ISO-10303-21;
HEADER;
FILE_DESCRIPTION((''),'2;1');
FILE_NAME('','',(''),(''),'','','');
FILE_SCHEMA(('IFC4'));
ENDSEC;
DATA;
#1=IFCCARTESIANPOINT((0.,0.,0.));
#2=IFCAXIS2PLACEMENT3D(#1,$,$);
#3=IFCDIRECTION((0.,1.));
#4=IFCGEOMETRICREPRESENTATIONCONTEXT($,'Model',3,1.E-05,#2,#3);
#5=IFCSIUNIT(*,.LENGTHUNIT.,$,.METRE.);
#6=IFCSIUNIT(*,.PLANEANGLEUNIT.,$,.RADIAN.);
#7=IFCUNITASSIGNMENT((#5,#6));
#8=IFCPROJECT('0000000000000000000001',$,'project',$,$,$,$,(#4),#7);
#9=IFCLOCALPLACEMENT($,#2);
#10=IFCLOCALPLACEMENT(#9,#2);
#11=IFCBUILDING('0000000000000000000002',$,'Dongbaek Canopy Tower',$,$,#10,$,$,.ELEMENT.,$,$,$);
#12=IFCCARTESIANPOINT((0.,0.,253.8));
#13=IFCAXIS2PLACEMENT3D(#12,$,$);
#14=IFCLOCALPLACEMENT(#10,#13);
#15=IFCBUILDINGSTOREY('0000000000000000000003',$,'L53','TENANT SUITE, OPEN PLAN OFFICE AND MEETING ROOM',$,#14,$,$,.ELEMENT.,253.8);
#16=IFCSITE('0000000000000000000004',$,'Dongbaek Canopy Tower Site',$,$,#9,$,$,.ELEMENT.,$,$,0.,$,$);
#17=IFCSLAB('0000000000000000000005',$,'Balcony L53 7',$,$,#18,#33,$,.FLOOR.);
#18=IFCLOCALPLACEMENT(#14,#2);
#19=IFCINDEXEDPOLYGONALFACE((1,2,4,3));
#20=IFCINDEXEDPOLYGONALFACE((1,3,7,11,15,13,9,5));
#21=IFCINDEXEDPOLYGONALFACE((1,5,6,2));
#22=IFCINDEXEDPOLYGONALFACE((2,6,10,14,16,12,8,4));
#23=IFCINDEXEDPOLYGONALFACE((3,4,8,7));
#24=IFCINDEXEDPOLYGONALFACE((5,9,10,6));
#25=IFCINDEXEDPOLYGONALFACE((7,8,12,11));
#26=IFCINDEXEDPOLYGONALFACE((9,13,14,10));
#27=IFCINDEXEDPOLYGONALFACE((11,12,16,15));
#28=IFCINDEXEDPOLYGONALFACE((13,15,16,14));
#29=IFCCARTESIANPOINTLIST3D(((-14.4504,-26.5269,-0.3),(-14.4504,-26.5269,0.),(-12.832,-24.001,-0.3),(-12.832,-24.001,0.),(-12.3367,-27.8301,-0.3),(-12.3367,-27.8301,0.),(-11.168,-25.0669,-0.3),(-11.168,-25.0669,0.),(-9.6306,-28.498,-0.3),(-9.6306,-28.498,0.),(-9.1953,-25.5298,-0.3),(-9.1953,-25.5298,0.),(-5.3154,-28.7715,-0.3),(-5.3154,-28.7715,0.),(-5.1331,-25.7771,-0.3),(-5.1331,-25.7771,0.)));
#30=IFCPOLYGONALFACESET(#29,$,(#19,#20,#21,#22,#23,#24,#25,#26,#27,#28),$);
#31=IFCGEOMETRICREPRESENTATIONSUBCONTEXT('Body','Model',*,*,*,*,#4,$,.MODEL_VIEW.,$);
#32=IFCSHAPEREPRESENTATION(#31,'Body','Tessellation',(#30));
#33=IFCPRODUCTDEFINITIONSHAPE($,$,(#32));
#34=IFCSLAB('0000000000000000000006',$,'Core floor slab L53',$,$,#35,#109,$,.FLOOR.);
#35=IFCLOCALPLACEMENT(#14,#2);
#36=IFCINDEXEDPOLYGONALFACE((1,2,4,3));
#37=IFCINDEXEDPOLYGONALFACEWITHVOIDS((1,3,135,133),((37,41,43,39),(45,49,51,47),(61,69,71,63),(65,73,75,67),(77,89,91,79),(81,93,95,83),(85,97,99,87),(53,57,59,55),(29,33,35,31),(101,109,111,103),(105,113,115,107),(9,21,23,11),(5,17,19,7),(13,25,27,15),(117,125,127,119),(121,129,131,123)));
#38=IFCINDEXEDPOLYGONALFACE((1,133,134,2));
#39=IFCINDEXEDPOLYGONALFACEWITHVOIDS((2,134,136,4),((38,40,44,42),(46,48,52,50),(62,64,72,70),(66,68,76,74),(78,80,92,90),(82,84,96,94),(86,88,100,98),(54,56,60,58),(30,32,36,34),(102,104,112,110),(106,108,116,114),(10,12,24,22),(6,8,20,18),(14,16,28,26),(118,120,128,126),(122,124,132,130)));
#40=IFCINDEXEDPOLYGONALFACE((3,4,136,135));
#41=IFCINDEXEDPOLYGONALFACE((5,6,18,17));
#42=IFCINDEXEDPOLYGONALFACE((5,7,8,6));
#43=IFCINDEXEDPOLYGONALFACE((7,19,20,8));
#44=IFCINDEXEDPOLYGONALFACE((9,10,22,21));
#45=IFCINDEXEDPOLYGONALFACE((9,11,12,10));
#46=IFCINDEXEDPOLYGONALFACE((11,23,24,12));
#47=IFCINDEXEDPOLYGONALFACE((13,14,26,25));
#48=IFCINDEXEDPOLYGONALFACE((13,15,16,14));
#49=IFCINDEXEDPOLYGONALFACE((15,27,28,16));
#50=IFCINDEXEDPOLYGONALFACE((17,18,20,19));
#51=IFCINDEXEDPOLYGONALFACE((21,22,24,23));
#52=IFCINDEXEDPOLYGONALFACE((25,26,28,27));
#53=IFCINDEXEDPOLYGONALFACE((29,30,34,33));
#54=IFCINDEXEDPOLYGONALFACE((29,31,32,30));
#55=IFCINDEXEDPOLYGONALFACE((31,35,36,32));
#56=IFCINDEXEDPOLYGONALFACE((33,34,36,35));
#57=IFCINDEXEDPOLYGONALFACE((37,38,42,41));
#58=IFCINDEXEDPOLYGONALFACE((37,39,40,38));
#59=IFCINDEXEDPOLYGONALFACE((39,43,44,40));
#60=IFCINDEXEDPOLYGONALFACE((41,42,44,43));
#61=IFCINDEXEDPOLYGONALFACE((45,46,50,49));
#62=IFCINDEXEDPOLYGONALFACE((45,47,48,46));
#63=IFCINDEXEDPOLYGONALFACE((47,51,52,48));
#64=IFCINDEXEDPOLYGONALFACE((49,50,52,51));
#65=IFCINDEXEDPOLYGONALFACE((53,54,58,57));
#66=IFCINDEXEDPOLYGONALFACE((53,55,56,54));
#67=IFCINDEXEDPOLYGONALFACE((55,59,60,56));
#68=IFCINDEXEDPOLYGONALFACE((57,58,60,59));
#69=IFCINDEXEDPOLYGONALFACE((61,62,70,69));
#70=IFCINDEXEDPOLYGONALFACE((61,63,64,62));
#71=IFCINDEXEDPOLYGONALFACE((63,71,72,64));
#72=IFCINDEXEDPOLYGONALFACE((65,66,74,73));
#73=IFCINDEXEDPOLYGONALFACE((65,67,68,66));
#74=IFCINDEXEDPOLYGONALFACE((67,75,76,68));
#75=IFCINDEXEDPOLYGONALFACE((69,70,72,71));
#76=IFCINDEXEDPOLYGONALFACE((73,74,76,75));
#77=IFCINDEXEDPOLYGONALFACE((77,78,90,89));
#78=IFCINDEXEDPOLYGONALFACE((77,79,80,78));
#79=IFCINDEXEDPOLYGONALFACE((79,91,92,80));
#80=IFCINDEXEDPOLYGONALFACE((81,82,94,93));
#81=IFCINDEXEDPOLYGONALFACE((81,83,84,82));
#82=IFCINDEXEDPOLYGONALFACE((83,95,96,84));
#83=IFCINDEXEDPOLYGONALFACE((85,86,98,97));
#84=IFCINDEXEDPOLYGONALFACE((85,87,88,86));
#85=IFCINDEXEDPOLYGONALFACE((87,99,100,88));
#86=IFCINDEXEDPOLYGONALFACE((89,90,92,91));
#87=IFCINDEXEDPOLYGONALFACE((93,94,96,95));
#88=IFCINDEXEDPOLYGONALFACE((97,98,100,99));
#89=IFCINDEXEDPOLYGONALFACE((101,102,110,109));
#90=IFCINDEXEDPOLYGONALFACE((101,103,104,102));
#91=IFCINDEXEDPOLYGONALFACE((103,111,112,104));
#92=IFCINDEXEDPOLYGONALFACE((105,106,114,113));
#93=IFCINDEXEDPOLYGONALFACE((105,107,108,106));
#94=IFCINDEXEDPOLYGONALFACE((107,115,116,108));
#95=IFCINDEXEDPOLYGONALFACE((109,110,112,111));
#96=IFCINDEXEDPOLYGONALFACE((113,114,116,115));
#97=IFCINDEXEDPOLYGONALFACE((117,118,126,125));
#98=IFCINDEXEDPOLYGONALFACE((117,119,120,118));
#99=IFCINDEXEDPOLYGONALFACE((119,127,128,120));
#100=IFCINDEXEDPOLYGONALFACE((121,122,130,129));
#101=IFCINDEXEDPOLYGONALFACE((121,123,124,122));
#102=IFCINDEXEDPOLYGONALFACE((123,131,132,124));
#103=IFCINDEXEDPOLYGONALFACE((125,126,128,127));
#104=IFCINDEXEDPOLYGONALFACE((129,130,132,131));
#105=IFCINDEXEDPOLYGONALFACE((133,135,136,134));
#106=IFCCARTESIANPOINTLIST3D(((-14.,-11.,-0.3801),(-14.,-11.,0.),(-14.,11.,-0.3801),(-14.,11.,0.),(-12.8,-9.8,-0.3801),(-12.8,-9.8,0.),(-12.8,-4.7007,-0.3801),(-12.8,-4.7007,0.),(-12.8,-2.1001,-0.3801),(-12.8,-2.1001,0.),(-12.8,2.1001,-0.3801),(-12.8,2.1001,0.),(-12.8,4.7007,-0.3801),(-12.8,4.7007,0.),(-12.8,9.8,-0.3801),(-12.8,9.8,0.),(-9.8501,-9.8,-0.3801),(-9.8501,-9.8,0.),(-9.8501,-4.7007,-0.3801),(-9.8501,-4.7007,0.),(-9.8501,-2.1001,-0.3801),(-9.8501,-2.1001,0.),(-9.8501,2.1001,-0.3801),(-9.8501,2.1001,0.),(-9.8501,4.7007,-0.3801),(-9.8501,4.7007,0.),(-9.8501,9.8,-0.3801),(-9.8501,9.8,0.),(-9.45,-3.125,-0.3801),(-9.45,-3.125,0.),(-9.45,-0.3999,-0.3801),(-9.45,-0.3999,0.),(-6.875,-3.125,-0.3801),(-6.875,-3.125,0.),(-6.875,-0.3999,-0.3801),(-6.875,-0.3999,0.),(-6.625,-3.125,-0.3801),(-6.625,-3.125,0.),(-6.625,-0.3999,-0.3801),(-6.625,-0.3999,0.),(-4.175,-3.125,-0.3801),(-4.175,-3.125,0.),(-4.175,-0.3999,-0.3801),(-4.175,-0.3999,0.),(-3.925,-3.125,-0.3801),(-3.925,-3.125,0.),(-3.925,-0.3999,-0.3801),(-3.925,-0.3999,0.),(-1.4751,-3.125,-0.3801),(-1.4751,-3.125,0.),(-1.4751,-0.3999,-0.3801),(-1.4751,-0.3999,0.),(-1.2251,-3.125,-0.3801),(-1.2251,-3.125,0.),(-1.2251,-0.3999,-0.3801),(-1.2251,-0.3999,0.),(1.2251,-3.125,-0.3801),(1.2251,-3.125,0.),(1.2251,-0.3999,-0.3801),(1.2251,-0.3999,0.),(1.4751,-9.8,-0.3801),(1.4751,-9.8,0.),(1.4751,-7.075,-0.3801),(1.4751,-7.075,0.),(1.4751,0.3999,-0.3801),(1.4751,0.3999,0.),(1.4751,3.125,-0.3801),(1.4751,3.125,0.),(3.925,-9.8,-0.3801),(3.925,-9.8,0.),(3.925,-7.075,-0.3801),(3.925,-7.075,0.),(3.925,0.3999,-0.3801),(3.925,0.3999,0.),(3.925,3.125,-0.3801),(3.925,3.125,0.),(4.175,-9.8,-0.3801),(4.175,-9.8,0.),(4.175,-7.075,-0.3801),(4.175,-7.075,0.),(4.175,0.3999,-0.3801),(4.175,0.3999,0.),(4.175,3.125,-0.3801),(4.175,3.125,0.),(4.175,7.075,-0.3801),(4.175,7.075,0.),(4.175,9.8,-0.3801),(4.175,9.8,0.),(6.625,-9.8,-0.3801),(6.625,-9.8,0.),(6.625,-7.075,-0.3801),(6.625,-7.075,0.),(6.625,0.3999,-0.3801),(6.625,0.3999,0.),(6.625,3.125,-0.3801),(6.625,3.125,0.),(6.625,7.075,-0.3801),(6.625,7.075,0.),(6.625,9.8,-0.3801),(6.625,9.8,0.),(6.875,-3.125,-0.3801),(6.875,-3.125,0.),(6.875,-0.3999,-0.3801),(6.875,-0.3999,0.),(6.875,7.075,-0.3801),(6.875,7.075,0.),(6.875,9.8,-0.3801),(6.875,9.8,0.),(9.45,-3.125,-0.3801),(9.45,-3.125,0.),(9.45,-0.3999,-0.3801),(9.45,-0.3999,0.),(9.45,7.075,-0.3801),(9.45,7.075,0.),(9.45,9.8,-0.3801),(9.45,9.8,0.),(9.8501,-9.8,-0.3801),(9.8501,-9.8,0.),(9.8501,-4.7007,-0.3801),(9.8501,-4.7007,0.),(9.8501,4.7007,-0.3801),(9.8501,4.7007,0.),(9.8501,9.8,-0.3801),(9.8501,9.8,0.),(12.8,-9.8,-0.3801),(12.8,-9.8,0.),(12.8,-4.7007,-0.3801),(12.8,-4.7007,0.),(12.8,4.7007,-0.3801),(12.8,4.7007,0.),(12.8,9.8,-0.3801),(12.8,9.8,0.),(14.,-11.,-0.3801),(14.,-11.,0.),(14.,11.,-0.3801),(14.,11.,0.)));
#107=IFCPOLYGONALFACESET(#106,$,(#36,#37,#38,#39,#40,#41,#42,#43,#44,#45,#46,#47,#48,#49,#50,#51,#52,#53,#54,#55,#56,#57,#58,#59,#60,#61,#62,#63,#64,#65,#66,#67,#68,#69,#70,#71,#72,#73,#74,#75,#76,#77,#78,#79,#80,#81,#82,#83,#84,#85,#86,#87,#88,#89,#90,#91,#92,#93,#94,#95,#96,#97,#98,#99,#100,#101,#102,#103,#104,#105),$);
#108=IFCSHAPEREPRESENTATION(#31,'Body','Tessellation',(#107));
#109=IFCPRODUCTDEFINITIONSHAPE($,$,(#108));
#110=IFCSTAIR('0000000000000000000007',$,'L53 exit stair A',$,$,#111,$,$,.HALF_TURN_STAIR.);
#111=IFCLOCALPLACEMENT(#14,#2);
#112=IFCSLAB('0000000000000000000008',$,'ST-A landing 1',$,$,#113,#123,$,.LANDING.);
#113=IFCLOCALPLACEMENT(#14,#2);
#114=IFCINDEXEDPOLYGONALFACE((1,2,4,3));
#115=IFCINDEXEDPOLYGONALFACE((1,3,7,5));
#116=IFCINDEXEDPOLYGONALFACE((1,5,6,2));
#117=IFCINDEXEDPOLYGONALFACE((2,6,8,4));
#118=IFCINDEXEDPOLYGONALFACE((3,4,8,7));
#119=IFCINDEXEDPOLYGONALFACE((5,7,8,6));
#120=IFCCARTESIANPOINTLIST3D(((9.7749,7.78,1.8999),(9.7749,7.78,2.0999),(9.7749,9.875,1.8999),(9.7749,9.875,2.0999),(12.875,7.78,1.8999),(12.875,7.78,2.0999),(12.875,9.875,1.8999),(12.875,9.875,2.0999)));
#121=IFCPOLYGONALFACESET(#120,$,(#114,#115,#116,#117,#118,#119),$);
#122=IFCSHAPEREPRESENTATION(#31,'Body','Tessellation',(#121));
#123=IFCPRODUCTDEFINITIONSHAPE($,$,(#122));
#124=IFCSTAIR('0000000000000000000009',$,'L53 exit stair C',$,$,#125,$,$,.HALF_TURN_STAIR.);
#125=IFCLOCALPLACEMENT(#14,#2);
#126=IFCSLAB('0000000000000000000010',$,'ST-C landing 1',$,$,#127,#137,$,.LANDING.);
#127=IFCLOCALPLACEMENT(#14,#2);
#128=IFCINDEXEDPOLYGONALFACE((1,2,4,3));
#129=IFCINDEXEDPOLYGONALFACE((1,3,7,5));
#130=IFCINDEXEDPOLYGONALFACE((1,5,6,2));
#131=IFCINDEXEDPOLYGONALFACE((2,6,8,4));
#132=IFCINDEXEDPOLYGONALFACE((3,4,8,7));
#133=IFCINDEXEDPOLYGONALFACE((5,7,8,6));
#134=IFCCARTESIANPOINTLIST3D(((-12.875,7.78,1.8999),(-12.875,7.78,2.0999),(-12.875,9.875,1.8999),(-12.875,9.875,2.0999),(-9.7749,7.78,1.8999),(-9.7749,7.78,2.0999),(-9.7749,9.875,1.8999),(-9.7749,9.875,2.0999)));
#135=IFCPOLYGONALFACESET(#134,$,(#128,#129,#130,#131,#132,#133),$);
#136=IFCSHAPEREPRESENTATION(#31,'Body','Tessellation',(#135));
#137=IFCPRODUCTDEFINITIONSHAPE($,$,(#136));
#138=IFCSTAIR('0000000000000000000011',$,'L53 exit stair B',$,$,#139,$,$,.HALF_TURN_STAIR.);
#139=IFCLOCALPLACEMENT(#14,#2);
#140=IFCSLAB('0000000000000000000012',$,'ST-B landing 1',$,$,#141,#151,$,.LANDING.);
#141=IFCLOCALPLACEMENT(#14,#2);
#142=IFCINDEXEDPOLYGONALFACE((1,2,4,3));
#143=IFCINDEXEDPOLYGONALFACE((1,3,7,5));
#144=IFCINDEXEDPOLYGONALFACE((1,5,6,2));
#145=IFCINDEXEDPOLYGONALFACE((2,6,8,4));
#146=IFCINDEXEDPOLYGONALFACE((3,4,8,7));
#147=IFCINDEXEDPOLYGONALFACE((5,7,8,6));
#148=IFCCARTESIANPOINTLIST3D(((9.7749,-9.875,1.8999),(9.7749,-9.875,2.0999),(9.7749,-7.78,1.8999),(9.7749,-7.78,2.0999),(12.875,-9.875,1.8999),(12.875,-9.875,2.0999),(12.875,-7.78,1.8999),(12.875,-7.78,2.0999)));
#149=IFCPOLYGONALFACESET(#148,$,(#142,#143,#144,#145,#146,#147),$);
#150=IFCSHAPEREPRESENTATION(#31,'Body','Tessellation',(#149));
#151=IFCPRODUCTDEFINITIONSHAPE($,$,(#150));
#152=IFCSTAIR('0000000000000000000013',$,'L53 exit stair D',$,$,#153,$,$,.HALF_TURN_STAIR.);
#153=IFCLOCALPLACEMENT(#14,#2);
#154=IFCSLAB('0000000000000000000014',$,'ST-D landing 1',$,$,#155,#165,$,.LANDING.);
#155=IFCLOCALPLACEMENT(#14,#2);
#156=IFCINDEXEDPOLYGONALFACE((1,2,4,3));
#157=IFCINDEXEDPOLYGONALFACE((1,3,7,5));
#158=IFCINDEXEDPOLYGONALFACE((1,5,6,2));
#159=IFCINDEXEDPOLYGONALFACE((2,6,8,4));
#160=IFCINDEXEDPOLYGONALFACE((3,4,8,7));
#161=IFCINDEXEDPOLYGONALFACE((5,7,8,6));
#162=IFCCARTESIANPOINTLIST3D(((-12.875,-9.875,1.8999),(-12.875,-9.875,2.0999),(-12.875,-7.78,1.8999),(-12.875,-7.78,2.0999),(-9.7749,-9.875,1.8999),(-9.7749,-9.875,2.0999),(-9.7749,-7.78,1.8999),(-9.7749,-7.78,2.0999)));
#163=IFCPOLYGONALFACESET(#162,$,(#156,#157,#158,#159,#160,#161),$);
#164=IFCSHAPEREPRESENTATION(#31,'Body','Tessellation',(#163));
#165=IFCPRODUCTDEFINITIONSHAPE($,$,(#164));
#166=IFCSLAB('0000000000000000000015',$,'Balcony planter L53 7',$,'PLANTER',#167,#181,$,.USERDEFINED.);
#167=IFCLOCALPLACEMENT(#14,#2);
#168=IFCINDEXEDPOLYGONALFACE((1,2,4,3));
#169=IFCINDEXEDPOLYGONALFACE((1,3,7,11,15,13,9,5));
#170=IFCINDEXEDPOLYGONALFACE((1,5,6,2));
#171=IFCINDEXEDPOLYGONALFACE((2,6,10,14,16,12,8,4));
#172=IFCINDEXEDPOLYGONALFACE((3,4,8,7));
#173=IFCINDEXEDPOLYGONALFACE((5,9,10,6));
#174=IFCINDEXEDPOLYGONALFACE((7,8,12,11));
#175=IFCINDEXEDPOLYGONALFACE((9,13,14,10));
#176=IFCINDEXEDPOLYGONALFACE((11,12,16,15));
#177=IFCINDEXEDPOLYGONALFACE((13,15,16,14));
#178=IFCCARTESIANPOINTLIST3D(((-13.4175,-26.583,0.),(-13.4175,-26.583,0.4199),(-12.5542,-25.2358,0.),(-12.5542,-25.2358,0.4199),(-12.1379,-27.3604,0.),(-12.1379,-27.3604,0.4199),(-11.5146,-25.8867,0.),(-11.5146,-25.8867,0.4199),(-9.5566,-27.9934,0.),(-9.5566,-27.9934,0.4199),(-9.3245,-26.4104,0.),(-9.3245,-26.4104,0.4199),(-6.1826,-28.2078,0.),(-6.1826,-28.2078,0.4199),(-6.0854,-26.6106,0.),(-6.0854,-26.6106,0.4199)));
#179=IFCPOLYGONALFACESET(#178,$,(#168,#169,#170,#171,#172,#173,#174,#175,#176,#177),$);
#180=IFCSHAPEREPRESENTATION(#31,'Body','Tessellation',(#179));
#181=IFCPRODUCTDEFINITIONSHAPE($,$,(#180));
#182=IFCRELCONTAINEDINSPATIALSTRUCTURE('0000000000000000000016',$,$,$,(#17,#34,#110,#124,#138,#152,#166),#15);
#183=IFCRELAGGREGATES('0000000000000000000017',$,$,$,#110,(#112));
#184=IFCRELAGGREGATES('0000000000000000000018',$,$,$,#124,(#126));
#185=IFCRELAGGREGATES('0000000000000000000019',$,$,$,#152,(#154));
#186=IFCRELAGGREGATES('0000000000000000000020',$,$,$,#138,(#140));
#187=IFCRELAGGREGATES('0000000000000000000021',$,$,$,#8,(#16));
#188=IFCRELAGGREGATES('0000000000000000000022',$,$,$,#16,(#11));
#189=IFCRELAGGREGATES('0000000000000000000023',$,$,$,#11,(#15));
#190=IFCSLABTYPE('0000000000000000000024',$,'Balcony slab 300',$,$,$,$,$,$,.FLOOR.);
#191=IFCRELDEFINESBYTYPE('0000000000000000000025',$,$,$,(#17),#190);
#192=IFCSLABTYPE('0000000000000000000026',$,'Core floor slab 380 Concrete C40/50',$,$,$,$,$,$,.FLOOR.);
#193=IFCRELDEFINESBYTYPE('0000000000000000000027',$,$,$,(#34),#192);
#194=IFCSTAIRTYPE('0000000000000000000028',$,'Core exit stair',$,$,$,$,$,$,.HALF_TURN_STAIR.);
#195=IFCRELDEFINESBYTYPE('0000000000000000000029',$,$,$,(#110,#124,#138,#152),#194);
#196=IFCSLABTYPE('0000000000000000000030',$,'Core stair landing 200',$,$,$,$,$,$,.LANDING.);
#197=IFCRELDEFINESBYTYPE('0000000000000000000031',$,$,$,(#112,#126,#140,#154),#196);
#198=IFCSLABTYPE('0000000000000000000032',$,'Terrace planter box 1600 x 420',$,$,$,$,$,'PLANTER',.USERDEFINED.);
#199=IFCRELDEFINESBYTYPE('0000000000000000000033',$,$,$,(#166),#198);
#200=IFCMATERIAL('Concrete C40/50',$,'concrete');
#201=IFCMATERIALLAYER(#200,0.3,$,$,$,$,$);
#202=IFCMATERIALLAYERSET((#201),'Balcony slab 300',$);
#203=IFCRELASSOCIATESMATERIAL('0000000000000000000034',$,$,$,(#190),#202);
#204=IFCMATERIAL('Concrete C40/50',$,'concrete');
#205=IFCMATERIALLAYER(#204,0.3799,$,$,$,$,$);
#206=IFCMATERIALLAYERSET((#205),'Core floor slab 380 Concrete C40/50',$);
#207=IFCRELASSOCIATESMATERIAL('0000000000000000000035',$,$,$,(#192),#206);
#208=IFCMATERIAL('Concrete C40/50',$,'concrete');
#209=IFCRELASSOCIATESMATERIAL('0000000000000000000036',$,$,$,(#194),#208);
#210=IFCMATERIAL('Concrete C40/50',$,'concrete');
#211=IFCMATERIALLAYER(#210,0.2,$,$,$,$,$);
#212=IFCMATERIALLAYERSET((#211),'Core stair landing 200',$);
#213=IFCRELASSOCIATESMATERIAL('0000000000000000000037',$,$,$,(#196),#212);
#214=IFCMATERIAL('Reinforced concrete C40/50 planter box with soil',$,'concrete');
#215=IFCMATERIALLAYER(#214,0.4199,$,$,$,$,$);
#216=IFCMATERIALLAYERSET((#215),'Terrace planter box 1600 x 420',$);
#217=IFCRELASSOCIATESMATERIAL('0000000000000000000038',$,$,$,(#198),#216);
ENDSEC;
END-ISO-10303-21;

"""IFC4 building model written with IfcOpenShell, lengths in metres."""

from ifc_helpers import new_model, si_unit, direction, frame, origin, place, context, subcontext, project, spatial, polyline, outline, extrude, material, layer, layer_set, type_object, element, aggregate, save


model = new_model("IFC4")

# Units and contexts
model_context = context("Model", 3, precision=1e-05, world=origin(), true_north=direction((0.0, 1.0)))
body_context = subcontext(model_context, "Body", "Model", "MODEL_VIEW")
ifc_project = project(units=[si_unit("LENGTHUNIT", "METRE"), si_unit("PLANEANGLEUNIT", "RADIAN")], contexts=[model_context])

# Site, building, storey
site_placement = place(None, origin())
site = spatial("IfcSite", under=ifc_project, at=site_placement, Name="Dongbaek Canopy Tower Site", CompositionType="ELEMENT", RefElevation=0.0)
building_placement = place(site_placement, origin())
building = spatial("IfcBuilding", under=site, at=building_placement, Name="Dongbaek Canopy Tower", CompositionType="ELEMENT")
storey_placement = place(building_placement, frame((0.0, 0.0, 253.8)))
storey = spatial("IfcBuildingStorey", under=building, at=storey_placement, Name="L53", Description="TENANT SUITE, OPEN PLAN OFFICE AND MEETING ROOM", CompositionType="ELEMENT", Elevation=253.8)

# Slabs
ifc_material_1 = material(Name="Concrete C40/50", Category="concrete")
ifc_layer_1 = layer(ifc_material_1, 0.3)
ifc_layer_set_1 = layer_set([ifc_layer_1], Name="Balcony slab 300")
slab_type_1 = type_object("IfcSlabType", Name="Balcony slab 300", PredefinedType="FLOOR", material=ifc_layer_set_1)
slab_1_placement = place(storey_placement, frame((0.0, 0.0, -0.3)))
element("IfcSlab", 1, at=slab_1_placement, inside=storey, type_object=slab_type_1, Name="Balcony L53 7", PredefinedType="FLOOR", context=body_context, shape_type="SweptSolid", body=[
    extrude(outline(polyline([(-12.832, -24.001), (-11.168, -25.0669), (-9.1953, -25.5298), (-5.1331, -25.7771), (-5.3154, -28.7715), (-9.6306, -28.498), (-12.3367, -27.8301), (-14.4504, -26.5269), (-12.832, -24.001)])), origin(), (0.0, 0.0, 1.0), 0.3),
])
ifc_material_2 = material(Name="Concrete C40/50", Category="concrete")
ifc_layer_2 = layer(ifc_material_2, 0.3799)
ifc_layer_set_2 = layer_set([ifc_layer_2], Name="Core floor slab 380 Concrete C40/50")
slab_type_2 = type_object("IfcSlabType", Name="Core floor slab 380 Concrete C40/50", PredefinedType="FLOOR", material=ifc_layer_set_2)
slab_2_placement = place(storey_placement, frame((0.0, 0.0, -0.3801)))
element("IfcSlab", 2, at=slab_2_placement, inside=storey, type_object=slab_type_2, Name="Core floor slab L53", PredefinedType="FLOOR", context=body_context, shape_type="SweptSolid", body=[
    extrude(outline(polyline([(14.0, -11.0), (14.0, 11.0), (-14.0, 11.0), (-14.0, -11.0), (14.0, -11.0)]), holes=[polyline([(-12.8, 2.1001), (-9.8501, 2.1001), (-9.8501, -2.1001), (-12.8, -2.1001), (-12.8, 2.1001)]), polyline([(6.625, 9.8), (6.625, 7.075), (4.175, 7.075), (4.175, 9.8), (6.625, 9.8)]), polyline([(9.45, 7.075), (6.875, 7.075), (6.875, 9.8), (9.45, 9.8), (9.45, 7.075)]), polyline([(1.4751, 0.3999), (1.4751, 3.125), (3.925, 3.125), (3.925, 0.3999), (1.4751, 0.3999)]), polyline([(4.175, 0.3999), (4.175, 3.125), (6.625, 3.125), (6.625, 0.3999), (4.175, 0.3999)]), polyline([(-9.45, -0.3999), (-6.875, -0.3999), (-6.875, -3.125), (-9.45, -3.125), (-9.45, -0.3999)]), polyline([(-6.625, -3.125), (-6.625, -0.3999), (-4.175, -0.3999), (-4.175, -3.125), (-6.625, -3.125)]), polyline([(-3.925, -3.125), (-3.925, -0.3999), (-1.4751, -0.3999), (-1.4751, -3.125), (-3.925, -3.125)]), polyline([(-1.2251, -3.125), (-1.2251, -0.3999), (1.2251, -0.3999), (1.2251, -3.125), (-1.2251, -3.125)]), polyline([(9.45, -3.125), (6.875, -3.125), (6.875, -0.3999), (9.45, -0.3999), (9.45, -3.125)]), polyline([(1.4751, -9.8), (1.4751, -7.075), (3.925, -7.075), (3.925, -9.8), (1.4751, -9.8)]), polyline([(4.175, -9.8), (4.175, -7.075), (6.625, -7.075), (6.625, -9.8), (4.175, -9.8)]), polyline([(12.8, 4.7007), (12.8, 9.8), (9.8501, 9.8), (9.8501, 4.7007), (12.8, 4.7007)]), polyline([(-9.8501, 4.7007), (-9.8501, 9.8), (-12.8, 9.8), (-12.8, 4.7007), (-9.8501, 4.7007)]), polyline([(9.8501, -4.7007), (9.8501, -9.8), (12.8, -9.8), (12.8, -4.7007), (9.8501, -4.7007)]), polyline([(-12.8, -4.7007), (-12.8, -9.8), (-9.8501, -9.8), (-9.8501, -4.7007), (-12.8, -4.7007)])]), origin(), (0.0, 0.0, 1.0), 0.3801),
])

# Stairs, slabs
ifc_material_3 = material(Name="Concrete C40/50", Category="concrete")
stair_type = type_object("IfcStairType", Name="Core exit stair", PredefinedType="HALF_TURN_STAIR", material=ifc_material_3)
stair_1_placement = place(storey_placement, origin())
stair_1 = element("IfcStair", 3, at=stair_1_placement, inside=storey, type_object=stair_type, Name="L53 exit stair A", PredefinedType="HALF_TURN_STAIR")
ifc_material_4 = material(Name="Concrete C40/50", Category="concrete")
ifc_layer_3 = layer(ifc_material_4, 0.2)
ifc_layer_set_3 = layer_set([ifc_layer_3], Name="Core stair landing 200")
slab_type_3 = type_object("IfcSlabType", Name="Core stair landing 200", PredefinedType="LANDING", material=ifc_layer_set_3)
slab_3_placement = place(storey_placement, frame((0.0, 0.0, 1.8999)))
slab_3 = element("IfcSlab", 4, at=slab_3_placement, type_object=slab_type_3, Name="ST-A landing 1", PredefinedType="LANDING", context=body_context, shape_type="SweptSolid", body=[
    extrude(outline(polyline([(12.875, 7.78), (12.875, 9.875), (9.7749, 9.875), (9.7749, 7.78), (12.875, 7.78)])), origin(), (0.0, 0.0, 1.0), 0.2),
])
aggregate(stair_1, [slab_3])
stair_2_placement = place(storey_placement, origin())
stair_2 = element("IfcStair", 5, at=stair_2_placement, inside=storey, type_object=stair_type, Name="L53 exit stair C", PredefinedType="HALF_TURN_STAIR")
slab_4_placement = place(storey_placement, frame((0.0, 0.0, 1.8999)))
slab_4 = element("IfcSlab", 6, at=slab_4_placement, type_object=slab_type_3, Name="ST-C landing 1", PredefinedType="LANDING", context=body_context, shape_type="SweptSolid", body=[
    extrude(outline(polyline([(-9.7749, 7.78), (-9.7749, 9.875), (-12.875, 9.875), (-12.875, 7.78), (-9.7749, 7.78)])), origin(), (0.0, 0.0, 1.0), 0.2),
])
aggregate(stair_2, [slab_4])
stair_3_placement = place(storey_placement, origin())
stair_3 = element("IfcStair", 7, at=stair_3_placement, inside=storey, type_object=stair_type, Name="L53 exit stair B", PredefinedType="HALF_TURN_STAIR")
slab_5_placement = place(storey_placement, frame((0.0, 0.0, 1.8999)))
slab_5 = element("IfcSlab", 8, at=slab_5_placement, type_object=slab_type_3, Name="ST-B landing 1", PredefinedType="LANDING", context=body_context, shape_type="SweptSolid", body=[
    extrude(outline(polyline([(9.7749, -7.78), (9.7749, -9.875), (12.875, -9.875), (12.875, -7.78), (9.7749, -7.78)])), origin(), (0.0, 0.0, 1.0), 0.2),
])
stair_4_placement = place(storey_placement, origin())
stair_4 = element("IfcStair", 9, at=stair_4_placement, inside=storey, type_object=stair_type, Name="L53 exit stair D", PredefinedType="HALF_TURN_STAIR")
slab_6_placement = place(storey_placement, frame((0.0, 0.0, 1.8999)))
slab_6 = element("IfcSlab", 10, at=slab_6_placement, type_object=slab_type_3, Name="ST-D landing 1", PredefinedType="LANDING", context=body_context, shape_type="SweptSolid", body=[
    extrude(outline(polyline([(-12.875, -7.78), (-12.875, -9.875), (-9.7749, -9.875), (-9.7749, -7.78), (-12.875, -7.78)])), origin(), (0.0, 0.0, 1.0), 0.2),
])
aggregate(stair_4, [slab_6])

# Slab
ifc_material_5 = material(Name="Reinforced concrete C40/50 planter box with soil", Category="concrete")
ifc_layer_4 = layer(ifc_material_5, 0.4199)
ifc_layer_set_4 = layer_set([ifc_layer_4], Name="Terrace planter box 1600 x 420")
slab_type_4 = type_object("IfcSlabType", Name="Terrace planter box 1600 x 420", ElementType="PLANTER", PredefinedType="USERDEFINED", material=ifc_layer_set_4)
slab_7_placement = place(storey_placement, origin())
element("IfcSlab", 11, at=slab_7_placement, inside=storey, type_object=slab_type_4, Name="Balcony planter L53 7", ObjectType="PLANTER", PredefinedType="USERDEFINED", context=body_context, shape_type="SweptSolid", body=[
    extrude(outline(polyline([(-12.5542, -25.2358), (-11.5146, -25.8867), (-9.3245, -26.4104), (-6.0854, -26.6106), (-6.1826, -28.2078), (-9.5566, -27.9934), (-12.1379, -27.3604), (-13.4175, -26.583), (-12.5542, -25.2358)])), origin(), (0.0, 0.0, 1.0), 0.4199),
])

aggregate(stair_3, [slab_5])

save(model, "model.ifc")
